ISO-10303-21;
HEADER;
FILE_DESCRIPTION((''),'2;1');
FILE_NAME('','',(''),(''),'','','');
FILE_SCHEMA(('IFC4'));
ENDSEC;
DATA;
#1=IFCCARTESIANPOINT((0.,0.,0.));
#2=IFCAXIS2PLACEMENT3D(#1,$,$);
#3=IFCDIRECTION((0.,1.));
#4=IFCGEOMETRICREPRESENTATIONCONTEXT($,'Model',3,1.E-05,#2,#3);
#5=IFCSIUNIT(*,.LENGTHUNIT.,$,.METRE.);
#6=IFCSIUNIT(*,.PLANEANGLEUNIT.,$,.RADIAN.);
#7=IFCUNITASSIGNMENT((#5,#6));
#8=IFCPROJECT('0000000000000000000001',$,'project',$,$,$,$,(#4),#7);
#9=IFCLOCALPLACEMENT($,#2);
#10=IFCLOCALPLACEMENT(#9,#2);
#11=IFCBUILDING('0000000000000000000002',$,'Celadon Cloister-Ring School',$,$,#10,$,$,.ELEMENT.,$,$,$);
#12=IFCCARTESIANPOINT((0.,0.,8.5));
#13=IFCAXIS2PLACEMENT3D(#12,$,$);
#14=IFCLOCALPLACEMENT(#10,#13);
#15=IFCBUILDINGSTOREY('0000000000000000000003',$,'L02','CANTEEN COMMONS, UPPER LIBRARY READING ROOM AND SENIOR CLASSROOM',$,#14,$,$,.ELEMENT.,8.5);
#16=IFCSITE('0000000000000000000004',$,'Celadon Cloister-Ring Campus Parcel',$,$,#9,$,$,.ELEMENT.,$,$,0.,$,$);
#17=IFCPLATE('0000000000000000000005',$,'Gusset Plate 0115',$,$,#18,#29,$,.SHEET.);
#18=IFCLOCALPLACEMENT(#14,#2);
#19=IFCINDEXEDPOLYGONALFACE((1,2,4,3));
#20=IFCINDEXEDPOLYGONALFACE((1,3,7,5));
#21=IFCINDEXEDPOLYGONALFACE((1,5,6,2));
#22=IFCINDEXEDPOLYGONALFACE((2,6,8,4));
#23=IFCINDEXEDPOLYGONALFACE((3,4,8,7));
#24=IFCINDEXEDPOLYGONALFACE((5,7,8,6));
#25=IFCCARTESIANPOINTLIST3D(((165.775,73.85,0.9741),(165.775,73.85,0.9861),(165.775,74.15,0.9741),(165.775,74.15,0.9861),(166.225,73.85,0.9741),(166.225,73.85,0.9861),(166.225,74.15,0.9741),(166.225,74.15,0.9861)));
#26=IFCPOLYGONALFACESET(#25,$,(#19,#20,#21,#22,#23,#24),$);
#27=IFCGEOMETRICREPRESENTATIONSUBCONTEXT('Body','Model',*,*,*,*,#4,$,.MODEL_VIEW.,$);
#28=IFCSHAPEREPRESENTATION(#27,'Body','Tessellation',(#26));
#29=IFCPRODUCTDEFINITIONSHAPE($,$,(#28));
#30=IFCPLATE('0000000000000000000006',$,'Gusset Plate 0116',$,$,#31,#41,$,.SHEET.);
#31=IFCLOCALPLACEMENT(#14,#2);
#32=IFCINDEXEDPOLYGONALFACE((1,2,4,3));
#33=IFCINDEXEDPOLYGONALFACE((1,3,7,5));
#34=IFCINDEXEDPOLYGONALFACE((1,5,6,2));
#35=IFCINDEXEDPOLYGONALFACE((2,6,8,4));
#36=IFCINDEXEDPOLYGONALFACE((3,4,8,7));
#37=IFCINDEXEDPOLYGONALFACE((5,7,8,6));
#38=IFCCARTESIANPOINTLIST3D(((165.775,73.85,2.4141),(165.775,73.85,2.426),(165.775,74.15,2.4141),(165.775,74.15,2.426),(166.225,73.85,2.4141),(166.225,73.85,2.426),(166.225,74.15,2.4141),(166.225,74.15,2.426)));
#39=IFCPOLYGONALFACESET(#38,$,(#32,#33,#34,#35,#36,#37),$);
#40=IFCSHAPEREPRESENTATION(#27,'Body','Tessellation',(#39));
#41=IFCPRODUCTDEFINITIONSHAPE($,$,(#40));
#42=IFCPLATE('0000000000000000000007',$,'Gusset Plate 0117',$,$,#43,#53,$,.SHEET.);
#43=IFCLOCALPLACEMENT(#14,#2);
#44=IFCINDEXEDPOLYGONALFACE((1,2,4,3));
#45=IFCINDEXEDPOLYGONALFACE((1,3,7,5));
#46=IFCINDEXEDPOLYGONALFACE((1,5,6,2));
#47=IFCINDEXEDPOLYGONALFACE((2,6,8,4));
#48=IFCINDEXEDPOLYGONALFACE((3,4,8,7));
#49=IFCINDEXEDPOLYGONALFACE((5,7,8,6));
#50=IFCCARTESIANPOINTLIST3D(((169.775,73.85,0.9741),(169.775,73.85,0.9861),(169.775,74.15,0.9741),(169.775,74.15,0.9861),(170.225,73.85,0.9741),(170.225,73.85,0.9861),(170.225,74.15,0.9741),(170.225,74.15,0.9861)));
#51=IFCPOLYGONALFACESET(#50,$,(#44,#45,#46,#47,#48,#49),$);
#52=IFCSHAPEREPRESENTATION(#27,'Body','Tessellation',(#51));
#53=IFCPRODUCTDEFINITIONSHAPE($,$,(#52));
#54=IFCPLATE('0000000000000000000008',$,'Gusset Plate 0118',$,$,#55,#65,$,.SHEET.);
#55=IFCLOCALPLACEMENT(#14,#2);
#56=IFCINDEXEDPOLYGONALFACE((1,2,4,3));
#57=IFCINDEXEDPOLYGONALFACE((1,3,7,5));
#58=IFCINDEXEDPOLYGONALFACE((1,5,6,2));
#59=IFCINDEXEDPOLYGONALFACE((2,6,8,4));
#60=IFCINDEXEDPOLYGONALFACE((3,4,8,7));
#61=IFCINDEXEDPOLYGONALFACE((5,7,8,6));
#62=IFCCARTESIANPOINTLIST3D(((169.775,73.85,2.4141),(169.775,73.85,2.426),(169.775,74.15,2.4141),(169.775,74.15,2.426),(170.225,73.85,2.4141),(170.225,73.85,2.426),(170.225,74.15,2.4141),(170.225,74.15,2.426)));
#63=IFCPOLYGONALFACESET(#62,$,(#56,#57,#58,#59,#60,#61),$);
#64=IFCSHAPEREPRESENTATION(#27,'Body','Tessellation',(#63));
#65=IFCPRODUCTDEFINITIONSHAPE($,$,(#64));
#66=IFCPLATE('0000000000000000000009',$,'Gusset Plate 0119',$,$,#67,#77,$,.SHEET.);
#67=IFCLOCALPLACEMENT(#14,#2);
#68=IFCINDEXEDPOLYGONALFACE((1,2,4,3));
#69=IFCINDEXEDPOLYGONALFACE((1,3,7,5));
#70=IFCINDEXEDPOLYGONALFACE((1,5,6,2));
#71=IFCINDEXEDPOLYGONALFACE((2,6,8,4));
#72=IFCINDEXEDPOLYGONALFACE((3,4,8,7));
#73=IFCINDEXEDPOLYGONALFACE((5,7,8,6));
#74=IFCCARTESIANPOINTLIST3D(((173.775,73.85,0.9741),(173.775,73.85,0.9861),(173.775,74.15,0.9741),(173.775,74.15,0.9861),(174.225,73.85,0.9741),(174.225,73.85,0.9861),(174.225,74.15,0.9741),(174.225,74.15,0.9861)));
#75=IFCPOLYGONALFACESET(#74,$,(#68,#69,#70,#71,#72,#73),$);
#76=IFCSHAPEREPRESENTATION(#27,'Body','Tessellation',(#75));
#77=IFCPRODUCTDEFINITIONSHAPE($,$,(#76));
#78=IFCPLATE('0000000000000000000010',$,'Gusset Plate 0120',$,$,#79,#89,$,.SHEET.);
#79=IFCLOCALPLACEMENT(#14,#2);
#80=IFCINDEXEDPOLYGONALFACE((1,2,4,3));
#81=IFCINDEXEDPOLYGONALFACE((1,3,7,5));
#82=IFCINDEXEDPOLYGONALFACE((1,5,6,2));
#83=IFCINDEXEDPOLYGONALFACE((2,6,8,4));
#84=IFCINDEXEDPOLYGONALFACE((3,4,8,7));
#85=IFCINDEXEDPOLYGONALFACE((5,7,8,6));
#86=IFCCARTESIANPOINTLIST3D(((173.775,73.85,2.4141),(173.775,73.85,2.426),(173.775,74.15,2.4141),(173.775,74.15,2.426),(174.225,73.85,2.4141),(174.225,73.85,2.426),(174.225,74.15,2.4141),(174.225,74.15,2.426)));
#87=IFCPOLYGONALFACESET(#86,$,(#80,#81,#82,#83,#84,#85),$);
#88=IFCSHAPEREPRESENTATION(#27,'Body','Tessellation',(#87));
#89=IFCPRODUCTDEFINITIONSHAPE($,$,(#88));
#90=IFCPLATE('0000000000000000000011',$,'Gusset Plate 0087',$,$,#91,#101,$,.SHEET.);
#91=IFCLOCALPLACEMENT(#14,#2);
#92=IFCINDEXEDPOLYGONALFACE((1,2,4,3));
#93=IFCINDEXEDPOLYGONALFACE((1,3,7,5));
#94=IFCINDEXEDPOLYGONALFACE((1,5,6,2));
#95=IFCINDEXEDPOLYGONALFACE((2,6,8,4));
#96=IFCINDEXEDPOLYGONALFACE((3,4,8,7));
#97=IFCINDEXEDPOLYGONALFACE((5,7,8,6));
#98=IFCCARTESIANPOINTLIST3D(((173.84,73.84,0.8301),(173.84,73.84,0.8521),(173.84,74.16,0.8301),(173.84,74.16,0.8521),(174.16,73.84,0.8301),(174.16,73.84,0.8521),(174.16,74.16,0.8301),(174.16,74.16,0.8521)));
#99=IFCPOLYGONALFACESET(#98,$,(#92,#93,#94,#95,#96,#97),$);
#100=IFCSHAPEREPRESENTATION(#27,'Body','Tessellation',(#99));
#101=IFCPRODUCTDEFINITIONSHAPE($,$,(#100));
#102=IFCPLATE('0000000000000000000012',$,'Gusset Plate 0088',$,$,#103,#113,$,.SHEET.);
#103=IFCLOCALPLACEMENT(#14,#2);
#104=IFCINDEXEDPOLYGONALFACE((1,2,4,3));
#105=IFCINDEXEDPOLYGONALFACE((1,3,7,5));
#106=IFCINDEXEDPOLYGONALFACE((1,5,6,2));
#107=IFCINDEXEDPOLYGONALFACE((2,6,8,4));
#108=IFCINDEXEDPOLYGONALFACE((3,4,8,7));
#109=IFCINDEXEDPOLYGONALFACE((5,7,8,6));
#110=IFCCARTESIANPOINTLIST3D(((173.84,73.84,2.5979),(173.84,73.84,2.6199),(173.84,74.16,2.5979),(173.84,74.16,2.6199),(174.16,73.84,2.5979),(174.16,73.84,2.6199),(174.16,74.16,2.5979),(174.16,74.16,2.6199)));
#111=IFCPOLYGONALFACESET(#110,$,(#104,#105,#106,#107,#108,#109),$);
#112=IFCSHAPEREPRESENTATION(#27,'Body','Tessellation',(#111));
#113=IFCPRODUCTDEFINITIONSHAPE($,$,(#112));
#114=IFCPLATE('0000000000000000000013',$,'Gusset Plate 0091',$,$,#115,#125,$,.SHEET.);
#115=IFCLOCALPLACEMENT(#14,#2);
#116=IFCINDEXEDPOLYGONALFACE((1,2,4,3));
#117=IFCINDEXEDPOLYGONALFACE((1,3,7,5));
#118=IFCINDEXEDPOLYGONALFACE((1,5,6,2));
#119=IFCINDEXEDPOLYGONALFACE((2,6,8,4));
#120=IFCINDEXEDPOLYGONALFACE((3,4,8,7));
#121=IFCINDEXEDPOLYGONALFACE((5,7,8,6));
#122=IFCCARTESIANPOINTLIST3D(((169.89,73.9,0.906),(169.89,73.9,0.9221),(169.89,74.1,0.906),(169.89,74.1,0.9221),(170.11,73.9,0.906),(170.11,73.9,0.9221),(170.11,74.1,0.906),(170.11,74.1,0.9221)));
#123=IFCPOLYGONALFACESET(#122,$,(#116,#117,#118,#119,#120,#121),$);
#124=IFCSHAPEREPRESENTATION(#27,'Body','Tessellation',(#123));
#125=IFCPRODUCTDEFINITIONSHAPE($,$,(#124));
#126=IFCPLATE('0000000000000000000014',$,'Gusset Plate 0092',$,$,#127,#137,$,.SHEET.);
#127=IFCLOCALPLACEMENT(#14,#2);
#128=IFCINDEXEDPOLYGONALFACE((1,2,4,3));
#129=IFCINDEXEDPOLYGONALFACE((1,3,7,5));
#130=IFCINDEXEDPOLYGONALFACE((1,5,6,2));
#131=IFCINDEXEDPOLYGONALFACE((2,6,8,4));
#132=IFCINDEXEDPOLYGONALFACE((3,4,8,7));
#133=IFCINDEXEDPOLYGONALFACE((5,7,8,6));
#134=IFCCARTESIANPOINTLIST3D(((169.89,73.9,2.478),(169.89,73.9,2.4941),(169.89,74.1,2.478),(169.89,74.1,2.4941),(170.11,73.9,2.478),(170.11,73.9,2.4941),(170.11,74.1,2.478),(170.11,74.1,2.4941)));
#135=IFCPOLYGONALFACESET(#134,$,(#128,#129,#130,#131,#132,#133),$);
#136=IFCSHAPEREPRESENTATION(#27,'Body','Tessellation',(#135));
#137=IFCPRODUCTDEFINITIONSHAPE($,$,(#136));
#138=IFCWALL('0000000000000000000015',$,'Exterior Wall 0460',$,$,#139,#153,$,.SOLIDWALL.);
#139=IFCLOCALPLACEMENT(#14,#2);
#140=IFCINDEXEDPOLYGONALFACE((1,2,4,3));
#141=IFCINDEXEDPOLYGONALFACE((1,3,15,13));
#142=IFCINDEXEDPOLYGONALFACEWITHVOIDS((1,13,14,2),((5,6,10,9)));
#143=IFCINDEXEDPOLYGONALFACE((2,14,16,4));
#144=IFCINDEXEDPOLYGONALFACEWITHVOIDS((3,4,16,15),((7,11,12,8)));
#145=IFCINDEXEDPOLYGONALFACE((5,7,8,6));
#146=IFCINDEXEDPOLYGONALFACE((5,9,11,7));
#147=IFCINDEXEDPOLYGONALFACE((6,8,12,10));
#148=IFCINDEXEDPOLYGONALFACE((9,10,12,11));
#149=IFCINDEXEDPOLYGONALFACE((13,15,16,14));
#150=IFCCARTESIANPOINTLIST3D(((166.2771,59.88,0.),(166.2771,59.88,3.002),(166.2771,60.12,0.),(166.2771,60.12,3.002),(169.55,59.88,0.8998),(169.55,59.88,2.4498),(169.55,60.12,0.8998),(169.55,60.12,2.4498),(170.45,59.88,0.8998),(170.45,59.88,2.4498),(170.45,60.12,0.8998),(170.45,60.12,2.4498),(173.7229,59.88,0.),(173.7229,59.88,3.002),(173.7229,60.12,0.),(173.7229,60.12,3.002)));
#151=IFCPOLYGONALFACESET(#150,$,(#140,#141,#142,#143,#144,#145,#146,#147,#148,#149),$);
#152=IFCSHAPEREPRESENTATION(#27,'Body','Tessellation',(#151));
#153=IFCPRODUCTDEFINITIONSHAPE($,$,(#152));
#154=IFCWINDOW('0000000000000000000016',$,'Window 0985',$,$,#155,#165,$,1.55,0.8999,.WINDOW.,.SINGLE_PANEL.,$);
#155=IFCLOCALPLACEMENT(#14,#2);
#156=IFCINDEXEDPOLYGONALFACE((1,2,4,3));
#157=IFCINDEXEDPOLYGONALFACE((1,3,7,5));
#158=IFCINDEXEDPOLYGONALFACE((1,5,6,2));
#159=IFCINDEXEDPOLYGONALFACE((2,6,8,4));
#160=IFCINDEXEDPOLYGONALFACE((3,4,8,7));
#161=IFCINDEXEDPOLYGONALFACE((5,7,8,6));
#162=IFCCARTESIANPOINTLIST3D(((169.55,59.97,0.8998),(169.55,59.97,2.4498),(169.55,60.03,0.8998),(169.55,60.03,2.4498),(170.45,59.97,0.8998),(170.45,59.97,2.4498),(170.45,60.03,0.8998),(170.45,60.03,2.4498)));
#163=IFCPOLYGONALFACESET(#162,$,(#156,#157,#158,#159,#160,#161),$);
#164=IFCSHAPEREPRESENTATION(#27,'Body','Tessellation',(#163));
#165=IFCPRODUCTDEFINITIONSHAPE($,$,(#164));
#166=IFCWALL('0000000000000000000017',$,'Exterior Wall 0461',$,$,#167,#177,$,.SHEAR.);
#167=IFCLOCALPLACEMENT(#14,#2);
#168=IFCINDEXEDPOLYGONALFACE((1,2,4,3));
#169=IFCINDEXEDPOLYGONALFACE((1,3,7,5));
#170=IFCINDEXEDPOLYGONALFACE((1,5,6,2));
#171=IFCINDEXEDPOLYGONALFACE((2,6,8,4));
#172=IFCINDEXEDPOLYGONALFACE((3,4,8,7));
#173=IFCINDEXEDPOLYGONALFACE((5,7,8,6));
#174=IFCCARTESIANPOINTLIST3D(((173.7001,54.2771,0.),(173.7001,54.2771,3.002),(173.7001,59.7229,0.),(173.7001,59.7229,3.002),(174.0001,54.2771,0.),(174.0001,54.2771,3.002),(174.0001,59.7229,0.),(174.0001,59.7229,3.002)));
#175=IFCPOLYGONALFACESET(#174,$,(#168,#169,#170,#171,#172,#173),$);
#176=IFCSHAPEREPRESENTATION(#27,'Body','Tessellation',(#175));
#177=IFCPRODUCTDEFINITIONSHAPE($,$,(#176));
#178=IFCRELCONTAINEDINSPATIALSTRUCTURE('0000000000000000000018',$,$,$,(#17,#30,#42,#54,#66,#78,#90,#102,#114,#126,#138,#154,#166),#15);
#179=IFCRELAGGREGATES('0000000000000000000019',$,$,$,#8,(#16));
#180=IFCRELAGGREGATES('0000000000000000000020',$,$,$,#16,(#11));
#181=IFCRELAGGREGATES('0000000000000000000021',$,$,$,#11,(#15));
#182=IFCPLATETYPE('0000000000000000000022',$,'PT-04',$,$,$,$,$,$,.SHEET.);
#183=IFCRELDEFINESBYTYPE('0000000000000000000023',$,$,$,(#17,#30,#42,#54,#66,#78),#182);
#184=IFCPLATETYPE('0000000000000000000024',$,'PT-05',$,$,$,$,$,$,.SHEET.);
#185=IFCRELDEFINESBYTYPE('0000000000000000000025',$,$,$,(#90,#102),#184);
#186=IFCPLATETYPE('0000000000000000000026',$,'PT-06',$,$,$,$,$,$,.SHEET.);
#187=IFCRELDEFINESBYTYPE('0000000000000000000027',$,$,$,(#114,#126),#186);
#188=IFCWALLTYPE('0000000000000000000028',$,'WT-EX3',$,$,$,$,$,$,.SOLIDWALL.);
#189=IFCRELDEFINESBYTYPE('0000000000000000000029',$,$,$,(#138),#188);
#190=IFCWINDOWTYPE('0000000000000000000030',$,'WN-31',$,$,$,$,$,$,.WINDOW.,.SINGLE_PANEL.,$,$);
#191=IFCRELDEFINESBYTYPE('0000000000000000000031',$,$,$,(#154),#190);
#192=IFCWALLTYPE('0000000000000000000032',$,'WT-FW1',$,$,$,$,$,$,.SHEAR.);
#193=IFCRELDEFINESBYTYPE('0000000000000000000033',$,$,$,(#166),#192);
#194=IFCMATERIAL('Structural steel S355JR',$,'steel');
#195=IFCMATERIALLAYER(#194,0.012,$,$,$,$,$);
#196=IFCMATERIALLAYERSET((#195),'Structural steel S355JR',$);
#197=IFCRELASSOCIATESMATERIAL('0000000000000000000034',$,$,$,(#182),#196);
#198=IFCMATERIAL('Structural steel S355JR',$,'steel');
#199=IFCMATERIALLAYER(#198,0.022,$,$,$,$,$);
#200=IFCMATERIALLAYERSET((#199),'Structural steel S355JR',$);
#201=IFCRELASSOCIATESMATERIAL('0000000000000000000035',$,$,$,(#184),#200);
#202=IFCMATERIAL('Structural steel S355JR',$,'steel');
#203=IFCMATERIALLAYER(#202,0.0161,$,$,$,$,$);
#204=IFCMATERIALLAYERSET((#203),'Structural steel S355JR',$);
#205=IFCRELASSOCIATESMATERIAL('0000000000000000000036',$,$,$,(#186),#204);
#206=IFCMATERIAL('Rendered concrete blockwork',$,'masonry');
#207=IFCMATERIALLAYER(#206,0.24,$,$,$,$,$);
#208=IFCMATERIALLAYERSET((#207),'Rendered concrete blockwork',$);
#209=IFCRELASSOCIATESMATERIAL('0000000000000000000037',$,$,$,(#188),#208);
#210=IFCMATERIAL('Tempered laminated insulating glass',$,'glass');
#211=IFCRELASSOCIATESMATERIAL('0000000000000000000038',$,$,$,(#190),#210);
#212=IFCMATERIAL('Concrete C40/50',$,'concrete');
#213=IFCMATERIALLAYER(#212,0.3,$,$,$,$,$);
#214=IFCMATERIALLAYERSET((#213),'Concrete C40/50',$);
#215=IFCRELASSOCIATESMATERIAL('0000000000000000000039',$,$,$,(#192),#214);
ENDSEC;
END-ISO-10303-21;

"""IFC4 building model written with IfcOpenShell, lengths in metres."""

from ifc_helpers import new_model, si_unit, direction, frame, frame_2d, origin, origin_2d, place, context, subcontext, project, spatial, rectangle, extrude, material, layer, layer_set, type_object, element, fill, save


model = new_model("IFC4")

# Units and contexts
model_context = context("Model", 3, precision=1e-05, world=origin(), true_north=direction((0.0, 1.0)))
body_context = subcontext(model_context, "Body", "Model", "MODEL_VIEW")
ifc_project = project(units=[si_unit("LENGTHUNIT", "METRE"), si_unit("PLANEANGLEUNIT", "RADIAN")], contexts=[model_context])

# Site, building, storey
site_placement = place(None, origin())
site = spatial("IfcSite", under=ifc_project, at=site_placement, Name="Celadon Cloister-Ring Campus Parcel", CompositionType="ELEMENT", RefElevation=0.0)
building_placement = place(site_placement, origin())
building = spatial("IfcBuilding", under=site, at=building_placement, Name="Celadon Cloister-Ring School", CompositionType="ELEMENT")
storey_placement = place(building_placement, frame((0.0, 0.0, 8.5)))
storey = spatial("IfcBuildingStorey", under=building, at=storey_placement, Name="L02", Description="CANTEEN COMMONS, UPPER LIBRARY READING ROOM AND SENIOR CLASSROOM", CompositionType="ELEMENT", Elevation=8.5)

# Plates
ifc_material_1 = material(Name="Structural steel S355JR", Category="steel")
ifc_layer_1 = layer(ifc_material_1, 0.012)
ifc_layer_set_1 = layer_set([ifc_layer_1], Name="Structural steel S355JR")
plate_type_1 = type_object("IfcPlateType", Name="PT-04", PredefinedType="SHEET", material=ifc_layer_set_1)
for number, where, z_axis, x_axis, name in (
    (1, (166.0, 74.0, 0.9741), (0.0, 0.0, 1.0), (1.0, 0.0, 0.0), "Gusset Plate 0115"),
    (2, (166.0, 74.0, 2.4141), (0.0, 0.0, 1.0), (1.0, 0.0, 0.0), "Gusset Plate 0116"),
    (3, (170.0, 74.0, 0.9741), (0.0, 0.0, 1.0), (1.0, 0.0, 0.0), "Gusset Plate 0117"),
    (4, (170.0, 74.0, 2.4141), (0.0, 0.0, 1.0), (1.0, 0.0, 0.0), "Gusset Plate 0118"),
    (5, (174.0, 74.0, 0.9741), (0.0, 0.0, 1.0), (1.0, 0.0, 0.0), "Gusset Plate 0119"),
    (6, (174.0, 74.0, 2.4141), (0.0, 0.0, 1.0), (1.0, 0.0, 0.0), "Gusset Plate 0120"),
):
    element("IfcPlate", number, at=place(storey_placement, frame(where, z_axis=z_axis, x_axis=x_axis)), inside=storey, type_object=plate_type_1, Name=name, PredefinedType="SHEET", context=body_context, shape_type="SweptSolid", body=[
        extrude(rectangle(XDim=0.45, YDim=0.3, at=origin_2d()), origin(), (0.0, 0.0, 1.0), 0.012),
    ])
ifc_material_2 = material(Name="Structural steel S355JR", Category="steel")
ifc_layer_2 = layer(ifc_material_2, 0.022)
ifc_layer_set_2 = layer_set([ifc_layer_2], Name="Structural steel S355JR")
plate_type_2 = type_object("IfcPlateType", Name="PT-05", PredefinedType="SHEET", material=ifc_layer_set_2)
for number, where, z_axis, x_axis, name in (
    (7, (174.0, 74.0, 0.8301), (0.0, 0.0, 1.0), (1.0, 0.0, 0.0), "Gusset Plate 0087"),
    (8, (174.0, 74.0, 2.5979), (0.0, 0.0, 1.0), (1.0, 0.0, 0.0), "Gusset Plate 0088"),
):
    element("IfcPlate", number, at=place(storey_placement, frame(where, z_axis=z_axis, x_axis=x_axis)), inside=storey, type_object=plate_type_2, Name=name, PredefinedType="SHEET", context=body_context, shape_type="SweptSolid", body=[
        extrude(rectangle(XDim=0.3201, YDim=0.3201, at=origin_2d()), origin(), (0.0, 0.0, 1.0), 0.022),
    ])
ifc_material_3 = material(Name="Structural steel S355JR", Category="steel")
ifc_layer_3 = layer(ifc_material_3, 0.0161)
ifc_layer_set_3 = layer_set([ifc_layer_3], Name="Structural steel S355JR")
plate_type_3 = type_object("IfcPlateType", Name="PT-06", PredefinedType="SHEET", material=ifc_layer_set_3)
for number, where, z_axis, x_axis, name in (
    (9, (170.0, 74.0, 0.906), (0.0, 0.0, 1.0), (1.0, 0.0, 0.0), "Gusset Plate 0091"),
    (10, (170.0, 74.0, 2.478), (0.0, 0.0, 1.0), (1.0, 0.0, 0.0), "Gusset Plate 0092"),
):
    element("IfcPlate", number, at=place(storey_placement, frame(where, z_axis=z_axis, x_axis=x_axis)), inside=storey, type_object=plate_type_3, Name=name, PredefinedType="SHEET", context=body_context, shape_type="SweptSolid", body=[
        extrude(rectangle(XDim=0.22, YDim=0.2, at=origin_2d()), origin(), (0.0, 0.0, 1.0), 0.0161),
    ])

# Wall, opening, window
ifc_material_4 = material(Name="Rendered concrete blockwork", Category="masonry")
ifc_layer_4 = layer(ifc_material_4, 0.24)
ifc_layer_set_4 = layer_set([ifc_layer_4], Name="Rendered concrete blockwork")
wall_type_1 = type_object("IfcWallType", Name="WT-EX3", PredefinedType="SOLIDWALL", material=ifc_layer_set_4)
wall_1_placement = place(storey_placement, frame((166.2771, 60.0, 0.0), z_axis=(0.0, 0.0, 1.0), x_axis=(1.0, 0.0, 0.0)))
wall_1 = element("IfcWall", 11, at=wall_1_placement, inside=storey, type_object=wall_type_1, Name="Exterior Wall 0460", PredefinedType="SOLIDWALL", context=body_context, shape_type="SweptSolid", body=[
    extrude(rectangle(XDim=7.4458, YDim=0.24, at=frame_2d((3.7229, 0.0))), origin(), (0.0, 0.0, 1.0), 3.002),
])
opening_placement = place(wall_1_placement, frame((3.2729, 0.0, 0.8999)))
opening = element("IfcOpeningElement", 12, at=opening_placement, cuts=wall_1, PredefinedType="OPENING", context=body_context, shape_type="SweptSolid", body=[
    extrude(rectangle(XDim=0.8999, YDim=1.55, at=frame_2d((0.45, 0.7749))), frame((0.0, 0.1299, 0.0), z_axis=(0.0, -1.0, 0.0), x_axis=(1.0, 0.0, 0.0)), (0.0, 0.0, 1.0), 0.26),
])
ifc_material_5 = material(Name="Tempered laminated insulating glass", Category="glass")
window_type = type_object("IfcWindowType", Name="WN-31", PartitioningType="SINGLE_PANEL", PredefinedType="WINDOW", material=ifc_material_5)
window_placement = place(opening_placement, origin())
window = element("IfcWindow", 13, at=window_placement, inside=storey, type_object=window_type, Name="Window 0985", OverallHeight=1.55, OverallWidth=0.8999, PartitioningType="SINGLE_PANEL", PredefinedType="WINDOW", context=body_context, shape_type="SweptSolid", body=[
    extrude(rectangle(XDim=0.8999, YDim=1.55, at=frame_2d((0.45, 0.7749))), frame((0.0, 0.03, 0.0), z_axis=(0.0, -1.0, 0.0), x_axis=(1.0, 0.0, 0.0)), (0.0, 0.0, 1.0), 0.0601),
])
fill(opening, window)

# Wall
ifc_material_6 = material(Name="Concrete C40/50", Category="concrete")
ifc_layer_5 = layer(ifc_material_6, 0.3)
ifc_layer_set_5 = layer_set([ifc_layer_5], Name="Concrete C40/50")
wall_type_2 = type_object("IfcWallType", Name="WT-FW1", PredefinedType="SHEAR", material=ifc_layer_set_5)
wall_2_placement = place(storey_placement, frame((173.8501, 59.7229, 0.0), z_axis=(0.0, 0.0, 1.0), x_axis=(0.0, -1.0, 0.0)))
element("IfcWall", 14, at=wall_2_placement, inside=storey, type_object=wall_type_2, Name="Exterior Wall 0461", PredefinedType="SHEAR", context=body_context, shape_type="SweptSolid", body=[
    extrude(rectangle(XDim=5.4458, YDim=0.3, at=frame_2d((2.7229, 0.0))), origin(), (0.0, 0.0, 1.0), 3.002),
])

save(model, "model.ifc")
